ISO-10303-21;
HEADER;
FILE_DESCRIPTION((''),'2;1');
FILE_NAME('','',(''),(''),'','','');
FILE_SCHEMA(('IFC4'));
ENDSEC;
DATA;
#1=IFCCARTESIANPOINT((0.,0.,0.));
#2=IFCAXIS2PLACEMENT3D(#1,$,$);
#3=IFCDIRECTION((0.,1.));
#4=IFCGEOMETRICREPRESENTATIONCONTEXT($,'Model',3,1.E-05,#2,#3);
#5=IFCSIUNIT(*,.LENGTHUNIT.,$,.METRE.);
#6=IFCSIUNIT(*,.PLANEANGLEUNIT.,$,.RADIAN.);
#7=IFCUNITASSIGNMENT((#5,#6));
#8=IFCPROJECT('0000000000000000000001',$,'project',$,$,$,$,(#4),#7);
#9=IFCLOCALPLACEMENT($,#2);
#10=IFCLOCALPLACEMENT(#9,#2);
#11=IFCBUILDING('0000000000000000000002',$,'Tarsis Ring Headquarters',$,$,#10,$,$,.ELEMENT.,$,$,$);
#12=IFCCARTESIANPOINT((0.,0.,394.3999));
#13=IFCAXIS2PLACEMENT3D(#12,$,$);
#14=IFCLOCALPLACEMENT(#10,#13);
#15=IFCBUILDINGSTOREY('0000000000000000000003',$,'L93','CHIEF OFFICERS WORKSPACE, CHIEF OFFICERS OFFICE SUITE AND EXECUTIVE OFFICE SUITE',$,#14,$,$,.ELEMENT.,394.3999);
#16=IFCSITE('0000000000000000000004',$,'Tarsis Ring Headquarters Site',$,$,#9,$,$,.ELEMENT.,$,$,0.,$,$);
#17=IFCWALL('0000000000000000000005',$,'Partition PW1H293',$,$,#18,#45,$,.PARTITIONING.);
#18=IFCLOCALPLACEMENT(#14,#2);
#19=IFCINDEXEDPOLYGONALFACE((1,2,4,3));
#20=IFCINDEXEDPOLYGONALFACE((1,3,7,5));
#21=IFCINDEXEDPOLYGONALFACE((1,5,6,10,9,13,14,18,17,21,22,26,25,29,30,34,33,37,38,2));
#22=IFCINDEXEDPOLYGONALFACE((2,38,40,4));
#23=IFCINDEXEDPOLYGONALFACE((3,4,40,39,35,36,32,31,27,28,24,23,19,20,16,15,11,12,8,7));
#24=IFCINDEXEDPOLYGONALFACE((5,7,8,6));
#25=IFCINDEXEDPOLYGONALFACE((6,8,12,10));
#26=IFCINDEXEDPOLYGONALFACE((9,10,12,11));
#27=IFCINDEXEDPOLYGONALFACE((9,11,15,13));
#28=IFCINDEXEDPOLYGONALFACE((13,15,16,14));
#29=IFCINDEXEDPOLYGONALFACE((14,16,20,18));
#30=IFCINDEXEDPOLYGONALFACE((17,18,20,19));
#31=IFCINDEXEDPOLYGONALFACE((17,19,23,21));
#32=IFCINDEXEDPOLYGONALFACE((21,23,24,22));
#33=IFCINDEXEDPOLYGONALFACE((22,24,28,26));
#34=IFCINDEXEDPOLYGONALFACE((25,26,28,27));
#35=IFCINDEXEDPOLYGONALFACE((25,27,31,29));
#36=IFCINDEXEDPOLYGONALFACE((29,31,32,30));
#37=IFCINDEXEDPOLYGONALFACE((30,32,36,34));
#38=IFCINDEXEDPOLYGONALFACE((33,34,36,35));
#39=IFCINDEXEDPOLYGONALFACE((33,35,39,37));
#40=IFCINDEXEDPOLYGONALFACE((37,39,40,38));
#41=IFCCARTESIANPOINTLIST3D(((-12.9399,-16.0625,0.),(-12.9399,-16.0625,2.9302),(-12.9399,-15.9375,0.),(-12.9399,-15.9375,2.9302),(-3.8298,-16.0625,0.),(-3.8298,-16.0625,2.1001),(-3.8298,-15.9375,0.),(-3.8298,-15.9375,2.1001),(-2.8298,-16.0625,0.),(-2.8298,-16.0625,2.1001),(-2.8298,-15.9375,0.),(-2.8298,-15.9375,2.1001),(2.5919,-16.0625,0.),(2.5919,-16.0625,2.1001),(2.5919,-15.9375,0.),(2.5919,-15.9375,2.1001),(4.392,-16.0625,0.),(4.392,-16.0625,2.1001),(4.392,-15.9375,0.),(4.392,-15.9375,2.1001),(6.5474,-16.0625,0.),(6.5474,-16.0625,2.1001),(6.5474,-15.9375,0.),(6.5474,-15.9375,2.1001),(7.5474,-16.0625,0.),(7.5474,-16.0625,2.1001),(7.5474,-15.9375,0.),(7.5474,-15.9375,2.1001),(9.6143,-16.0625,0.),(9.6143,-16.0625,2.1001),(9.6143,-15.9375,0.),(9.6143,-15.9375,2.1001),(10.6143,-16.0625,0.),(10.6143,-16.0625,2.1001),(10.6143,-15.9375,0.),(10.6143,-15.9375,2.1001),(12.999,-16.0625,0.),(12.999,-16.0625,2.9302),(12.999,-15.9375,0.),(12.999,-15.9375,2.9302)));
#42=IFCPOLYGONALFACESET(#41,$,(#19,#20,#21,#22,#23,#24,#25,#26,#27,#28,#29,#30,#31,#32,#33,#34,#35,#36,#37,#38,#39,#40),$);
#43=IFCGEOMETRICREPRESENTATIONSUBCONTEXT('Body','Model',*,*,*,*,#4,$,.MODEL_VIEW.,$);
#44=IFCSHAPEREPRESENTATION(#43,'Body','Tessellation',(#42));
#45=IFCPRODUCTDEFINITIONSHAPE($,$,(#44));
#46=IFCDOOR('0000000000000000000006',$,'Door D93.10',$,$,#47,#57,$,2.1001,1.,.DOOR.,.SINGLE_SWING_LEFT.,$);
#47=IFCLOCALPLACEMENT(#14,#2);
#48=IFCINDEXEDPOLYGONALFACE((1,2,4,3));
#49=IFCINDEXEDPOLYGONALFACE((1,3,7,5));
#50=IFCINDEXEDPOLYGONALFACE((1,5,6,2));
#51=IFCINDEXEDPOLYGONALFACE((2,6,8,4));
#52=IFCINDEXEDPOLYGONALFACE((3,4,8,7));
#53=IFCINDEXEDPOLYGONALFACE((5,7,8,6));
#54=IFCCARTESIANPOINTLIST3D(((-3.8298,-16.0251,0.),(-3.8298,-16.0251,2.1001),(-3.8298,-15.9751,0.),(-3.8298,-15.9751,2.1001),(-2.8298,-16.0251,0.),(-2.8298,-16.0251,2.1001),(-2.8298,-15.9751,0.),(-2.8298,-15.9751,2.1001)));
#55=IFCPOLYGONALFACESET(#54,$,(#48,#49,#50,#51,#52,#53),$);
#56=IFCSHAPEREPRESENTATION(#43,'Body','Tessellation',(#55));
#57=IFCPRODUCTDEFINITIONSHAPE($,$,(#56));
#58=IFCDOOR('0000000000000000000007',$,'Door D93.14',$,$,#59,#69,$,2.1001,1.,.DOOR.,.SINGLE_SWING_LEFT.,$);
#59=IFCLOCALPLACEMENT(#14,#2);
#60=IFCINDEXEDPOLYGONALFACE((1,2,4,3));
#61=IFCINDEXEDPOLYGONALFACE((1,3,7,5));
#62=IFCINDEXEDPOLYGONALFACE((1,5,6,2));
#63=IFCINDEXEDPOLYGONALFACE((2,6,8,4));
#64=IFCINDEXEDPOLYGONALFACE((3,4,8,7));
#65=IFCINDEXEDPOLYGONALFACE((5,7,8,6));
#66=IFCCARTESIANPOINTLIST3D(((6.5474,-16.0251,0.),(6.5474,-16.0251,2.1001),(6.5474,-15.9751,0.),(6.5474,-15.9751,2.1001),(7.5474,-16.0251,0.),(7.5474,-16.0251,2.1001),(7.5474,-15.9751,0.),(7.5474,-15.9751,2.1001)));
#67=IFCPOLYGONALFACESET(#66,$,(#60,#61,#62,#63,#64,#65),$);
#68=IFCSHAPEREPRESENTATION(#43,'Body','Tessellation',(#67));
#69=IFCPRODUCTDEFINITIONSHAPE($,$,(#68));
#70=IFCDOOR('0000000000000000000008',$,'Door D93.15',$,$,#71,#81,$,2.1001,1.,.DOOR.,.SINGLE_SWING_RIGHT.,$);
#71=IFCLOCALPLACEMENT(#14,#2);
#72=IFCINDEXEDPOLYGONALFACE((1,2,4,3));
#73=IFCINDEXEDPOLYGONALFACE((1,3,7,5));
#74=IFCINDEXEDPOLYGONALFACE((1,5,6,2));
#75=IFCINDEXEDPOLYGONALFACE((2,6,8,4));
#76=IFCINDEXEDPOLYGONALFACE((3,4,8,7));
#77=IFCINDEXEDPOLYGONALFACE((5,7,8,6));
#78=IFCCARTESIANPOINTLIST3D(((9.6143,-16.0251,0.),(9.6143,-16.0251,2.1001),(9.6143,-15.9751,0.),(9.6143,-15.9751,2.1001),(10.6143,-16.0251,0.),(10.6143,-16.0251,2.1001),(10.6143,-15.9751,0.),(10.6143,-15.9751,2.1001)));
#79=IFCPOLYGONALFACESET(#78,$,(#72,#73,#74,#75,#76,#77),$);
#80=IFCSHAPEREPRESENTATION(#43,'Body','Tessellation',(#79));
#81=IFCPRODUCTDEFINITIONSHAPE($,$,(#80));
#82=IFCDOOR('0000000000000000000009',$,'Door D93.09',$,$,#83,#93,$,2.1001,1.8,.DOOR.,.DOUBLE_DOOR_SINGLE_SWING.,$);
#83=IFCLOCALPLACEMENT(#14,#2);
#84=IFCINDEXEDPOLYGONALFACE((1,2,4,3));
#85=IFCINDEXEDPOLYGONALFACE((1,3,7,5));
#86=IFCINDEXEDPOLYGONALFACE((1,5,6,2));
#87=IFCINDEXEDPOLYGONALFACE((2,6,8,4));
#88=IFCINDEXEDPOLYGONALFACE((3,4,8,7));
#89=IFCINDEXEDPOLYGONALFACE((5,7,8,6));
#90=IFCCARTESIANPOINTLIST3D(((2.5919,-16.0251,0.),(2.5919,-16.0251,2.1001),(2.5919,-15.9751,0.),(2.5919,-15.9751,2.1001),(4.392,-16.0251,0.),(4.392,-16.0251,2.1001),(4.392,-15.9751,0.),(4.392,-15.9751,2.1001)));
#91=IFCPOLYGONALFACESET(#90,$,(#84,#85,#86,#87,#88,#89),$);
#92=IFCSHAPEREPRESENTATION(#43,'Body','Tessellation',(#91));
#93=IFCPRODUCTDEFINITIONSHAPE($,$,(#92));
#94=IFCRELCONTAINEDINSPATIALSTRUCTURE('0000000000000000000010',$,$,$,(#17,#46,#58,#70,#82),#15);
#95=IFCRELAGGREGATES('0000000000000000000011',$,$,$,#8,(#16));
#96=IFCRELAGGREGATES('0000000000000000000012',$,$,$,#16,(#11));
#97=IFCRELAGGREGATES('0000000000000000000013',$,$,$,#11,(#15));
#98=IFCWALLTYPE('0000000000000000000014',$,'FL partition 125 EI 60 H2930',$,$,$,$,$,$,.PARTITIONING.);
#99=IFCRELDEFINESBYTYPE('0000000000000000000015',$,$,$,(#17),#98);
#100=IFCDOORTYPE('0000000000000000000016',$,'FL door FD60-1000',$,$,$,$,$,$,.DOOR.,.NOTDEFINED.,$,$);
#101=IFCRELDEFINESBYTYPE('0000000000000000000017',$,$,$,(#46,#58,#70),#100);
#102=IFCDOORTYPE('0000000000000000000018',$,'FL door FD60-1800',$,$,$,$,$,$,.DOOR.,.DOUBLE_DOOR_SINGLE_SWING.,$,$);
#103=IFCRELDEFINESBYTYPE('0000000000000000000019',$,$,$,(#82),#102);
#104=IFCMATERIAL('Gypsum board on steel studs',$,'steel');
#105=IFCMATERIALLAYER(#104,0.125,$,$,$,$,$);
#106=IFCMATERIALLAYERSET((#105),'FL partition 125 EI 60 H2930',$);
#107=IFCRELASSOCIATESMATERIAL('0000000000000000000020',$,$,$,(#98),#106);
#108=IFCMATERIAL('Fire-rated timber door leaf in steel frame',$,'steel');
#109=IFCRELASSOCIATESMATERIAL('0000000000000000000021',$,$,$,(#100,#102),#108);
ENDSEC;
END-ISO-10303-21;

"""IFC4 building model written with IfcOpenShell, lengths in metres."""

from ifc_helpers import new_model, si_unit, direction, frame, frame_2d, origin, place, context, subcontext, project, spatial, rectangle, extrude, material, layer, layer_set, type_object, element, fill, save


model = new_model("IFC4")

# Units and contexts
model_context = context("Model", 3, precision=1e-05, world=origin(), true_north=direction((0.0, 1.0)))
body_context = subcontext(model_context, "Body", "Model", "MODEL_VIEW")
ifc_project = project(units=[si_unit("LENGTHUNIT", "METRE"), si_unit("PLANEANGLEUNIT", "RADIAN")], contexts=[model_context])

# Site, building, storey
site_placement = place(None, origin())
site = spatial("IfcSite", under=ifc_project, at=site_placement, Name="Tarsis Ring Headquarters Site", CompositionType="ELEMENT", RefElevation=0.0)
building_placement = place(site_placement, origin())
building = spatial("IfcBuilding", under=site, at=building_placement, Name="Tarsis Ring Headquarters", CompositionType="ELEMENT")
storey_placement = place(building_placement, frame((0.0, 0.0, 394.3999)))
storey = spatial("IfcBuildingStorey", under=building, at=storey_placement, Name="L93", Description="CHIEF OFFICERS WORKSPACE, CHIEF OFFICERS OFFICE SUITE AND EXECUTIVE OFFICE SUITE", CompositionType="ELEMENT", Elevation=394.3999)

# Wall, openings, doors
ifc_material_1 = material(Name="Gypsum board on steel studs", Category="steel")
ifc_layer_1 = layer(ifc_material_1, 0.125)
ifc_layer_set_1 = layer_set([ifc_layer_1], Name="FL partition 125 EI 60 H2930")
wall_type_1 = type_object("IfcWallType", Name="FL partition 125 EI 60 H2930", PredefinedType="PARTITIONING", material=ifc_layer_set_1)
ifc_material_2 = material(Name="Fire-rated timber door leaf in steel frame", Category="steel")
door_type_1 = type_object("IfcDoorType", Name="FL door FD60-1000", OperationType="NOTDEFINED", PredefinedType="DOOR", material=ifc_material_2)
door_type_2 = type_object("IfcDoorType", Name="FL door FD60-1800", OperationType="DOUBLE_DOOR_SINGLE_SWING", PredefinedType="DOOR", material=ifc_material_2)
wall_1_placement = place(storey_placement, frame((-12.9399, -16.0, 0.0), z_axis=(0.0, 0.0, 1.0), x_axis=(1.0, 0.0, 0.0)))
wall_1 = element("IfcWall", 1, at=wall_1_placement, inside=storey, type_object=wall_type_1, Name="Partition PW1H293", PredefinedType="PARTITIONING", context=body_context, shape_type="SweptSolid", body=[
    extrude(rectangle(XDim=25.939, YDim=0.125, at=frame_2d((12.9695, 0.0))), origin(), (0.0, 0.0, 1.0), 2.9302),
])
opening_1_placement = place(wall_1_placement, frame((15.532, 0.0, 0.0)))
opening_1 = element("IfcOpeningElement", 2, at=opening_1_placement, cuts=wall_1, PredefinedType="OPENING", context=body_context, shape_type="SweptSolid", body=[
    extrude(rectangle(XDim=1.8, YDim=2.1001, at=frame_2d((0.8999, 1.05))), frame((0.0, 0.0725, 0.0), z_axis=(0.0, -1.0, 0.0), x_axis=(1.0, 0.0, 0.0)), (0.0, 0.0, 1.0), 0.145),
])
opening_2_placement = place(wall_1_placement, frame((9.1101, 0.0, 0.0)))
opening_2 = element("IfcOpeningElement", 3, at=opening_2_placement, cuts=wall_1, PredefinedType="OPENING", context=body_context, shape_type="SweptSolid", body=[
    extrude(rectangle(XDim=1.0, YDim=2.1001, at=frame_2d((0.5, 1.05))), frame((0.0, 0.0725, 0.0), z_axis=(0.0, -1.0, 0.0), x_axis=(1.0, 0.0, 0.0)), (0.0, 0.0, 1.0), 0.145),
])
opening_3_placement = place(wall_1_placement, frame((19.4873, 0.0, 0.0)))
opening_3 = element("IfcOpeningElement", 4, at=opening_3_placement, cuts=wall_1, PredefinedType="OPENING", context=body_context, shape_type="SweptSolid", body=[
    extrude(rectangle(XDim=1.0, YDim=2.1001, at=frame_2d((0.5, 1.05))), frame((0.0, 0.0725, 0.0), z_axis=(0.0, -1.0, 0.0), x_axis=(1.0, 0.0, 0.0)), (0.0, 0.0, 1.0), 0.145),
])
opening_4_placement = place(wall_1_placement, frame((22.5542, 0.0, 0.0)))
opening_4 = element("IfcOpeningElement", 5, at=opening_4_placement, cuts=wall_1, PredefinedType="OPENING", context=body_context, shape_type="SweptSolid", body=[
    extrude(rectangle(XDim=1.0, YDim=2.1001, at=frame_2d((0.5, 1.05))), frame((0.0, 0.0725, 0.0), z_axis=(0.0, -1.0, 0.0), x_axis=(1.0, 0.0, 0.0)), (0.0, 0.0, 1.0), 0.145),
])
door_1_placement = place(opening_2_placement, origin())
door_1 = element("IfcDoor", 6, at=door_1_placement, inside=storey, type_object=door_type_1, Name="Door D93.10", OperationType="SINGLE_SWING_LEFT", OverallHeight=2.1001, OverallWidth=1.0, PredefinedType="DOOR", context=body_context, shape_type="SweptSolid", body=[
    extrude(rectangle(XDim=1.0, YDim=2.1001, at=frame_2d((0.5, 1.05))), frame((0.0, 0.0249, 0.0), z_axis=(0.0, -1.0, 0.0), x_axis=(1.0, 0.0, 0.0)), (0.0, 0.0, 1.0), 0.05),
])
fill(opening_2, door_1)
door_2_placement = place(opening_3_placement, origin())
door_2 = element("IfcDoor", 7, at=door_2_placement, inside=storey, type_object=door_type_1, Name="Door D93.14", OperationType="SINGLE_SWING_LEFT", OverallHeight=2.1001, OverallWidth=1.0, PredefinedType="DOOR", context=body_context, shape_type="SweptSolid", body=[
    extrude(rectangle(XDim=1.0, YDim=2.1001, at=frame_2d((0.5, 1.05))), frame((0.0, 0.0249, 0.0), z_axis=(0.0, -1.0, 0.0), x_axis=(1.0, 0.0, 0.0)), (0.0, 0.0, 1.0), 0.05),
])
fill(opening_3, door_2)
door_3_placement = place(opening_4_placement, origin())
door_3 = element("IfcDoor", 8, at=door_3_placement, inside=storey, type_object=door_type_1, Name="Door D93.15", OperationType="SINGLE_SWING_RIGHT", OverallHeight=2.1001, OverallWidth=1.0, PredefinedType="DOOR", context=body_context, shape_type="SweptSolid", body=[
    extrude(rectangle(XDim=1.0, YDim=2.1001, at=frame_2d((0.5, 1.05))), frame((0.0, 0.0249, 0.0), z_axis=(0.0, -1.0, 0.0), x_axis=(1.0, 0.0, 0.0)), (0.0, 0.0, 1.0), 0.05),
])
fill(opening_4, door_3)
door_4_placement = place(opening_1_placement, origin())
door_4 = element("IfcDoor", 9, at=door_4_placement, inside=storey, type_object=door_type_2, Name="Door D93.09", OperationType="DOUBLE_DOOR_SINGLE_SWING", OverallHeight=2.1001, OverallWidth=1.8, PredefinedType="DOOR", context=body_context, shape_type="SweptSolid", body=[
    extrude(rectangle(XDim=1.8, YDim=2.1001, at=frame_2d((0.8999, 1.05))), frame((0.0, 0.0249, 0.0), z_axis=(0.0, -1.0, 0.0), x_axis=(1.0, 0.0, 0.0)), (0.0, 0.0, 1.0), 0.05),
])
fill(opening_1, door_4)

save(model, "model.ifc")
